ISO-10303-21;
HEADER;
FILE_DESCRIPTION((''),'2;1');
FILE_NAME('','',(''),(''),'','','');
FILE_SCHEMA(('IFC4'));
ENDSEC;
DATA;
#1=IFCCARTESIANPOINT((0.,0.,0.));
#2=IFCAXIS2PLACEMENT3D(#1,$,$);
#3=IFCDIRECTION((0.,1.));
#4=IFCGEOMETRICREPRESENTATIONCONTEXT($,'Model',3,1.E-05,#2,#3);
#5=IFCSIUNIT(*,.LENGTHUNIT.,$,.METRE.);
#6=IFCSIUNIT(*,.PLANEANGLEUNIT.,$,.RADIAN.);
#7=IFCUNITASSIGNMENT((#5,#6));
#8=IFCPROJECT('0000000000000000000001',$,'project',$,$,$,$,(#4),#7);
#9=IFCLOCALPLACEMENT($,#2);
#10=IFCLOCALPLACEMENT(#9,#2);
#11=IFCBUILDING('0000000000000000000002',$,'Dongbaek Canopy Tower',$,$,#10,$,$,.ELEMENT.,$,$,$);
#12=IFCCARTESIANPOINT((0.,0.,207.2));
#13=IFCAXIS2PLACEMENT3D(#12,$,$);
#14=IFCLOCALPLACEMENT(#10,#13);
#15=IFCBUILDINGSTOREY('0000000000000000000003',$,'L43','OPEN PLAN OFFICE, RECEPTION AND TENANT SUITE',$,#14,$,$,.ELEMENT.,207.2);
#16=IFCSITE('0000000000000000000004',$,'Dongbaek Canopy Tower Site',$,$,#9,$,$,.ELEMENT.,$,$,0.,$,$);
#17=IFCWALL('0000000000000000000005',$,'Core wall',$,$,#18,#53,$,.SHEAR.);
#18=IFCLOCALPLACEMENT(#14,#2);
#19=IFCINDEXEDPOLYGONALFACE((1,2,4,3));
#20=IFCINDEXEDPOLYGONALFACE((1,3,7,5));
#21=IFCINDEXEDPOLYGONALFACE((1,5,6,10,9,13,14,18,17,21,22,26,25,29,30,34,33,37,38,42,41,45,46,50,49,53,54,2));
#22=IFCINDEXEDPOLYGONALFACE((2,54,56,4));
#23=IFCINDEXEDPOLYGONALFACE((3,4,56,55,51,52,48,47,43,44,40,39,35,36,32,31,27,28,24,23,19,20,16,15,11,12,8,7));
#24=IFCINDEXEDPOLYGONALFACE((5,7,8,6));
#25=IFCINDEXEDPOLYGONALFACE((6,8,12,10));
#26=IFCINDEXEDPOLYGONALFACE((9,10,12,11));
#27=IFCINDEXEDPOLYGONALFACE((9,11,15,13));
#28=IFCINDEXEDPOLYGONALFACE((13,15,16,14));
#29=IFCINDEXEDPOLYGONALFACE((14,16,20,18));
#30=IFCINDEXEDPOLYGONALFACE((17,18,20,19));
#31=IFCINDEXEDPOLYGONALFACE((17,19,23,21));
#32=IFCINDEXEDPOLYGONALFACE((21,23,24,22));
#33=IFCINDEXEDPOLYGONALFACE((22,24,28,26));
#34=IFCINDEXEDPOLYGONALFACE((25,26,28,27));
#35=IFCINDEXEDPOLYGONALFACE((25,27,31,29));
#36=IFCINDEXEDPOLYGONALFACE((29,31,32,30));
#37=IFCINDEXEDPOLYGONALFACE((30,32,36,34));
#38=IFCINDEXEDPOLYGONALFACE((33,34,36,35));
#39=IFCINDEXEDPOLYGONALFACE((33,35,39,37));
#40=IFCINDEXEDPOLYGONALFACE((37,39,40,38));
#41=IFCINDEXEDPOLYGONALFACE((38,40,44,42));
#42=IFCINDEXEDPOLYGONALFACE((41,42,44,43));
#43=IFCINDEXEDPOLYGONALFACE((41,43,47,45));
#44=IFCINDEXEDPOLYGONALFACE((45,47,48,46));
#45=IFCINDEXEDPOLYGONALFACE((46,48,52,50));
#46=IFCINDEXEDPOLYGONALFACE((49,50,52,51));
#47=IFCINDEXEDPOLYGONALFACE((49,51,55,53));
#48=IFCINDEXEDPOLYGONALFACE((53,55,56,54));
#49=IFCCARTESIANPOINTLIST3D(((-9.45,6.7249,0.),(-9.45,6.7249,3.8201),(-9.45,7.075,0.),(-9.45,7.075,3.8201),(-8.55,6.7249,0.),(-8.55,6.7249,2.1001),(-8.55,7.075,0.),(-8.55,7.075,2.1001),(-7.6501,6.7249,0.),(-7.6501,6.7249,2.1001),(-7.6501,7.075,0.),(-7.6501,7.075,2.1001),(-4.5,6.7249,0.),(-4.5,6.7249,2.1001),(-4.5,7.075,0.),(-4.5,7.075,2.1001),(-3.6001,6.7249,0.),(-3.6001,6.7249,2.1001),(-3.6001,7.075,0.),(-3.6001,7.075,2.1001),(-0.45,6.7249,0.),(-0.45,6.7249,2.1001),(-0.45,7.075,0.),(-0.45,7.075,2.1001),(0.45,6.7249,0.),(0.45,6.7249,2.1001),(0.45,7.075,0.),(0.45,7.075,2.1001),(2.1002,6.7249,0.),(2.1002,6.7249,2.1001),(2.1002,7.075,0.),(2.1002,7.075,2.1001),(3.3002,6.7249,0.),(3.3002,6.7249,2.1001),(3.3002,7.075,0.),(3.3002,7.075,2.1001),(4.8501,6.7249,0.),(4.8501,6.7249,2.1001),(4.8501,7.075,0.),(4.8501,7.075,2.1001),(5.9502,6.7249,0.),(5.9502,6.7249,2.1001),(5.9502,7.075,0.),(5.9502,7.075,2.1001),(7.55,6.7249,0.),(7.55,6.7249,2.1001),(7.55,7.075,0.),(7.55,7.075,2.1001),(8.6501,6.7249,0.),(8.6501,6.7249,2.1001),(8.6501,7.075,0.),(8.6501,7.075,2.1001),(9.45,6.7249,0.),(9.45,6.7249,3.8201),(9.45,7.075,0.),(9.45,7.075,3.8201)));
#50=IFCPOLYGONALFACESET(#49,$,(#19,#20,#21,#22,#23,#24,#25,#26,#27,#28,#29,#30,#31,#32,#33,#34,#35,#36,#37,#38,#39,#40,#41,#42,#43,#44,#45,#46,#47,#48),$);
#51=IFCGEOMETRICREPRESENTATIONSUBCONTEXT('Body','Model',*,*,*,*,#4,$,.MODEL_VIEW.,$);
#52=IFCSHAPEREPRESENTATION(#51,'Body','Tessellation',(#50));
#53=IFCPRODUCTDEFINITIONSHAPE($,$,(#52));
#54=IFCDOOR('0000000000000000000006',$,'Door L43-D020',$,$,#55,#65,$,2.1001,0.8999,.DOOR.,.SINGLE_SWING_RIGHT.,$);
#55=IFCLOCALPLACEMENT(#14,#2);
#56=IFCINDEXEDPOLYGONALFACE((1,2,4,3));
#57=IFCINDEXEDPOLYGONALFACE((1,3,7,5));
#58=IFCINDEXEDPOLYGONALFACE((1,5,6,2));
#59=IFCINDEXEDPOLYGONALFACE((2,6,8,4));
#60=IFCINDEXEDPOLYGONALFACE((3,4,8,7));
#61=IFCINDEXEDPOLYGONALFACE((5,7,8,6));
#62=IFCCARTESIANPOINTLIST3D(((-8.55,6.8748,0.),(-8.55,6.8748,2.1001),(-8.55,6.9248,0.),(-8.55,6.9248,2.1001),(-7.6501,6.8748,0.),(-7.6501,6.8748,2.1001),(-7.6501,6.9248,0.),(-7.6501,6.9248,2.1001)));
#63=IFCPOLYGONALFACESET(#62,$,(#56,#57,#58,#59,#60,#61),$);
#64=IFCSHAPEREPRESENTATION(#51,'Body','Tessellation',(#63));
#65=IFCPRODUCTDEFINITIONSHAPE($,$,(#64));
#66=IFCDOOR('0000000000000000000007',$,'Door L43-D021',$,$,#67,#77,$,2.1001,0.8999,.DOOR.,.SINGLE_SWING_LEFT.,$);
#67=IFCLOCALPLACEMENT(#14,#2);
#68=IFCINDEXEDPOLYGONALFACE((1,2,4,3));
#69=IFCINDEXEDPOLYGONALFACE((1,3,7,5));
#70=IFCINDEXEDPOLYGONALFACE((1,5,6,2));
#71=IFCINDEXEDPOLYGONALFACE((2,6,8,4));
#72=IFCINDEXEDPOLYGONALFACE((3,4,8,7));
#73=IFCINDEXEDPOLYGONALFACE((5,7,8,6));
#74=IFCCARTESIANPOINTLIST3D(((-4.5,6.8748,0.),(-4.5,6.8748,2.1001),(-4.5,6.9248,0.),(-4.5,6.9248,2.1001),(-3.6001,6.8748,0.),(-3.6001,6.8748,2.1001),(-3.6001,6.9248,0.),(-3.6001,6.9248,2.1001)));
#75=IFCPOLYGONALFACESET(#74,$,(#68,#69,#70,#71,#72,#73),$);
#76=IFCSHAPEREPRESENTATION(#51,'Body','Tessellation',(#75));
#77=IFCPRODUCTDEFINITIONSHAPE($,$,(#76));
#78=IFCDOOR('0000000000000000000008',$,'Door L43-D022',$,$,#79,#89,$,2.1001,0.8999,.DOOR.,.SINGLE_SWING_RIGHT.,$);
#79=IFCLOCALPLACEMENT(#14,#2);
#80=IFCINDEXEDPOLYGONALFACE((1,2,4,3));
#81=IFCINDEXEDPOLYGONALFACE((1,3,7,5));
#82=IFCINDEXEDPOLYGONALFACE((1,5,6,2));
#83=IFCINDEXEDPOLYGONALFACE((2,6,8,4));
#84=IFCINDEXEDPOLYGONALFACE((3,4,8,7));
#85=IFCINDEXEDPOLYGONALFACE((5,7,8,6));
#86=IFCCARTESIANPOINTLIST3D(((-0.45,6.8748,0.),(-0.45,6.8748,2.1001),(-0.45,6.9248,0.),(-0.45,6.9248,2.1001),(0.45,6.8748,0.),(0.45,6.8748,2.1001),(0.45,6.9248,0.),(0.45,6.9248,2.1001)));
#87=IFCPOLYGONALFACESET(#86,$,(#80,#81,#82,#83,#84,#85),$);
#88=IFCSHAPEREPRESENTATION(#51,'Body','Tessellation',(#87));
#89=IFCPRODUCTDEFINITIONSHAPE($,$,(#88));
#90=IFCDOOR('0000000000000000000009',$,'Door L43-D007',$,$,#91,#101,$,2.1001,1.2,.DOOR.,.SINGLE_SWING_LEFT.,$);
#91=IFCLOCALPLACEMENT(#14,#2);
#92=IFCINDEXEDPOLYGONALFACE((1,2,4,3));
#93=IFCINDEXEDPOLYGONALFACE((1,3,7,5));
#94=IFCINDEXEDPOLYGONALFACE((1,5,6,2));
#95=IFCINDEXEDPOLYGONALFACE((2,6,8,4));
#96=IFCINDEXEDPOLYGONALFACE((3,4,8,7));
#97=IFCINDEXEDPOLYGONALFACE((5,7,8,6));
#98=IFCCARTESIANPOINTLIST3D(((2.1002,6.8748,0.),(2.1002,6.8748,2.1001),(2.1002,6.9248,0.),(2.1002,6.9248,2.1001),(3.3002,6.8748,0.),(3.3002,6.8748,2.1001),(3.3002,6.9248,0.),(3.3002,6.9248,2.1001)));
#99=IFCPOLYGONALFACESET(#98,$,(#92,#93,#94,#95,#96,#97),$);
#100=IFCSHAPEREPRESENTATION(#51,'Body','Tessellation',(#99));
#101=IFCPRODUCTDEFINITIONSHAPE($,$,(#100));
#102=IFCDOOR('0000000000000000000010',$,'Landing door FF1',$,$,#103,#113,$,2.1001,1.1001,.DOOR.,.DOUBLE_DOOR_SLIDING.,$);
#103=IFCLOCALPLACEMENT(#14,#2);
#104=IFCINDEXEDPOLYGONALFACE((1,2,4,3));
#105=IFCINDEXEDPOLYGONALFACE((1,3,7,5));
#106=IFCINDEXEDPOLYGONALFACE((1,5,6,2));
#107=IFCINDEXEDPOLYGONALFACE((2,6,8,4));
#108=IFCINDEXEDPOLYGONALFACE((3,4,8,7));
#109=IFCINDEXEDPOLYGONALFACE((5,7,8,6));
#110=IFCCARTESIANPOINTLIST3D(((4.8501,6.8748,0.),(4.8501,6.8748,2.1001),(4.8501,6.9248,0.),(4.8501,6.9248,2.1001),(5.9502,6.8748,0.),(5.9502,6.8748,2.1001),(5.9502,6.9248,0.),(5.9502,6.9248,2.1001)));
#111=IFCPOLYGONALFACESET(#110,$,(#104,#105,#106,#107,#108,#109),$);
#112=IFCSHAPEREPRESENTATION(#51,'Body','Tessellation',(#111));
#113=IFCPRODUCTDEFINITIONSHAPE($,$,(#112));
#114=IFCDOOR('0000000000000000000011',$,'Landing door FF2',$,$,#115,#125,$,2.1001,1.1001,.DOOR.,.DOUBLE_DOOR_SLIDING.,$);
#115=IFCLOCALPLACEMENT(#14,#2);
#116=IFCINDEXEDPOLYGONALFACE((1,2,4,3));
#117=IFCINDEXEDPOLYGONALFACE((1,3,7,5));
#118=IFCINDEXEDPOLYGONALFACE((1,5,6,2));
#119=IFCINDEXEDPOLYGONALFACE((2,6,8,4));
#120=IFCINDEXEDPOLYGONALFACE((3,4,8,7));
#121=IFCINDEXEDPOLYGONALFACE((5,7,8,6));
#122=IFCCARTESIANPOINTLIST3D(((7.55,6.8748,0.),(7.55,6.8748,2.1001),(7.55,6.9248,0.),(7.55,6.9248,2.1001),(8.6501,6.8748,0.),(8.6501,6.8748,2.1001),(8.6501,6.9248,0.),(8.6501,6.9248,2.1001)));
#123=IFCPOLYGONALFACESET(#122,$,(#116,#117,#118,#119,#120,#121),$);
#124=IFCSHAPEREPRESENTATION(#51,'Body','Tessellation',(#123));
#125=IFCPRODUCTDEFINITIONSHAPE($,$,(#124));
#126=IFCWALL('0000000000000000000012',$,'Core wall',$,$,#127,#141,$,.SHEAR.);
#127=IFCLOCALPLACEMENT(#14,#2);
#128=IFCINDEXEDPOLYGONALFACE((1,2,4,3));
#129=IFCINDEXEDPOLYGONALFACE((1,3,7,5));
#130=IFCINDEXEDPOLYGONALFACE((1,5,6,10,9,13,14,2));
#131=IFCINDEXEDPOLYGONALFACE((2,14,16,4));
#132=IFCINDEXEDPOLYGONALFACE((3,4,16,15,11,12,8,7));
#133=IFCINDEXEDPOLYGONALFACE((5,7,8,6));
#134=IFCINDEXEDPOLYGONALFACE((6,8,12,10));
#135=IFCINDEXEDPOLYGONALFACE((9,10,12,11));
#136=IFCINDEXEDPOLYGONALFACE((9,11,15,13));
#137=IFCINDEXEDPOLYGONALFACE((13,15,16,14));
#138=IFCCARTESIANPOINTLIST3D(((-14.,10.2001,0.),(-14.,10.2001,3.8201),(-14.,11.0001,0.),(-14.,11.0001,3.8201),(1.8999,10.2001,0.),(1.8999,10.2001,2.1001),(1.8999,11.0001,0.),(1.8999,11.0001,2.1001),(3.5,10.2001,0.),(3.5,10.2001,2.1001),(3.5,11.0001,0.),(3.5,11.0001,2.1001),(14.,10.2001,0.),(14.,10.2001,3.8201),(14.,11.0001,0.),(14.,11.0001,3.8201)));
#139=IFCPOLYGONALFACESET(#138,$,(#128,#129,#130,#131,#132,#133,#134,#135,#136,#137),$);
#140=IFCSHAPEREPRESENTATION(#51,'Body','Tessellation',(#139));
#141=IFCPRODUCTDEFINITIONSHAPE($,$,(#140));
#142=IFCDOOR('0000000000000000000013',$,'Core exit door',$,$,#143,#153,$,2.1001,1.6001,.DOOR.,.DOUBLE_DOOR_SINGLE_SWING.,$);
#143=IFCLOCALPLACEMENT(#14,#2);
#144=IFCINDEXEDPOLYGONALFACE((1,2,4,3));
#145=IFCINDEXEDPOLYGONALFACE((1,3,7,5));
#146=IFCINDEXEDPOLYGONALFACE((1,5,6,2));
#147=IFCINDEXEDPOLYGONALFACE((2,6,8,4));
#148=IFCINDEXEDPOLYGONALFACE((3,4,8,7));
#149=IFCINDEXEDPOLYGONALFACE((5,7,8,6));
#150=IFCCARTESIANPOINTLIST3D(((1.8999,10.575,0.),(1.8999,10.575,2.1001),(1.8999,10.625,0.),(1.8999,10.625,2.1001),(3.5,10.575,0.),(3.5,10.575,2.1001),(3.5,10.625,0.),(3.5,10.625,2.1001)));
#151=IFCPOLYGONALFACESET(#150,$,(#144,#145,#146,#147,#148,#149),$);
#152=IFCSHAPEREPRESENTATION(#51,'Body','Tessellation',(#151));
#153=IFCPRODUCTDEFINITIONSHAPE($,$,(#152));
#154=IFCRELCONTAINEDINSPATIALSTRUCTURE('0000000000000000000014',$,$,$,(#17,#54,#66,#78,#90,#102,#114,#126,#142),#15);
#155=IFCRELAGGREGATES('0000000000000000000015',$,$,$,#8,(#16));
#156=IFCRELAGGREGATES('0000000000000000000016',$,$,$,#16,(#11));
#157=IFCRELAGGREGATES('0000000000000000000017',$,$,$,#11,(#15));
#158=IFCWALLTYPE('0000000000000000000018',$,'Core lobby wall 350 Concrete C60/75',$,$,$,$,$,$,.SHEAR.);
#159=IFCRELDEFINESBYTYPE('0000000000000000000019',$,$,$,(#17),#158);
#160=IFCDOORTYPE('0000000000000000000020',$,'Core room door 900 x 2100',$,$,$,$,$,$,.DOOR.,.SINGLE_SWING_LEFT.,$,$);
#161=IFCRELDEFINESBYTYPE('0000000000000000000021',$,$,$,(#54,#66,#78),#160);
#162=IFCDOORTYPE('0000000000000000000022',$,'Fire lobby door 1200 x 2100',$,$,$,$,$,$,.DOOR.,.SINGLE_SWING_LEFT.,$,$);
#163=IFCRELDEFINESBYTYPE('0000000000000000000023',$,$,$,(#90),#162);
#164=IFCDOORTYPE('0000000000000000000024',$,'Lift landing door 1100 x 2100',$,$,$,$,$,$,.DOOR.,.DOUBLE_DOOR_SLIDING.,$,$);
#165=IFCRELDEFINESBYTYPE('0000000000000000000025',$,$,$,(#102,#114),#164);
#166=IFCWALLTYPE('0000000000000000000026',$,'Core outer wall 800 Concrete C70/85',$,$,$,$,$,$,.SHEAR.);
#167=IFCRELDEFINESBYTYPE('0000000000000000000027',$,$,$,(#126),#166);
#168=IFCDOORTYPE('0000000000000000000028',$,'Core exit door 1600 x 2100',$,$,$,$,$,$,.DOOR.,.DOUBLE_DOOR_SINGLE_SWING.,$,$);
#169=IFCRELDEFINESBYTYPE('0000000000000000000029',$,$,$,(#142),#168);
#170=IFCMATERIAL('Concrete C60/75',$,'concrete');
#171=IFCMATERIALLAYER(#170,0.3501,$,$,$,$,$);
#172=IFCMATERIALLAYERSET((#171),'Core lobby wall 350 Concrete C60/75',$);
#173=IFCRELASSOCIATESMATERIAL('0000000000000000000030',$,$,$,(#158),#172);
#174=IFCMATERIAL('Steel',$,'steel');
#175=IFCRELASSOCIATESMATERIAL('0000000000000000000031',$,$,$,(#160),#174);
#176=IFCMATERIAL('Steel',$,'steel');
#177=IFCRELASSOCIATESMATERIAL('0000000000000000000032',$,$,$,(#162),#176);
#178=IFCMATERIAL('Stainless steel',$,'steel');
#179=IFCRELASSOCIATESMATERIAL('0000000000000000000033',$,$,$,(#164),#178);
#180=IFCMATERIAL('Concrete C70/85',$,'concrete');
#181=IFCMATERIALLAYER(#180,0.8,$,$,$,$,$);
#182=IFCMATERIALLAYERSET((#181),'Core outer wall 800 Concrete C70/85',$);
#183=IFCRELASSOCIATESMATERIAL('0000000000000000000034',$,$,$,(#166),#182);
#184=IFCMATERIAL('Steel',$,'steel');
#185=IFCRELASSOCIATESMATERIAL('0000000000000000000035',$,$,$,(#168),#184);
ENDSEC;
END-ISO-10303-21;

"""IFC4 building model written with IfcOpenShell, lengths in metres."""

from ifc_helpers import new_model, si_unit, direction, frame, frame_2d, origin, place, context, subcontext, project, spatial, rectangle, extrude, material, layer, layer_set, type_object, element, fill, save


model = new_model("IFC4")

# Units and contexts
model_context = context("Model", 3, precision=1e-05, world=origin(), true_north=direction((0.0, 1.0)))
body_context = subcontext(model_context, "Body", "Model", "MODEL_VIEW")
ifc_project = project(units=[si_unit("LENGTHUNIT", "METRE"), si_unit("PLANEANGLEUNIT", "RADIAN")], contexts=[model_context])

# Site, building, storey
site_placement = place(None, origin())
site = spatial("IfcSite", under=ifc_project, at=site_placement, Name="Dongbaek Canopy Tower Site", CompositionType="ELEMENT", RefElevation=0.0)
building_placement = place(site_placement, origin())
building = spatial("IfcBuilding", under=site, at=building_placement, Name="Dongbaek Canopy Tower", CompositionType="ELEMENT")
storey_placement = place(building_placement, frame((0.0, 0.0, 207.2)))
storey = spatial("IfcBuildingStorey", under=building, at=storey_placement, Name="L43", Description="OPEN PLAN OFFICE, RECEPTION AND TENANT SUITE", CompositionType="ELEMENT", Elevation=207.2)

# Wall, openings, doors
ifc_material_1 = material(Name="Concrete C60/75", Category="concrete")
ifc_layer_1 = layer(ifc_material_1, 0.3501)
ifc_layer_set_1 = layer_set([ifc_layer_1], Name="Core lobby wall 350 Concrete C60/75")
wall_type_1 = type_object("IfcWallType", Name="Core lobby wall 350 Concrete C60/75", PredefinedType="SHEAR", material=ifc_layer_set_1)
wall_1_placement = place(storey_placement, frame((-9.45, 6.8999, 0.0), z_axis=(0.0, 0.0, 1.0), x_axis=(1.0, 0.0, 0.0)))
wall_1 = element("IfcWall", 1, at=wall_1_placement, inside=storey, type_object=wall_type_1, Name="Core wall", PredefinedType="SHEAR", context=body_context, shape_type="SweptSolid", body=[
    extrude(rectangle(XDim=18.8999, YDim=0.3501, at=frame_2d((9.45, 0.0))), origin(), (0.0, 0.0, 1.0), 3.8201),
])
opening_1_placement = place(wall_1_placement, frame((11.55, 0.0, 0.0)))
opening_1 = element("IfcOpeningElement", 2, at=opening_1_placement, cuts=wall_1, PredefinedType="OPENING", context=body_context, shape_type="SweptSolid", body=[
    extrude(rectangle(XDim=1.2, YDim=2.1001, at=frame_2d((0.6001, 1.05))), frame((0.0, 0.1851, 0.0), z_axis=(0.0, -1.0, 0.0), x_axis=(1.0, 0.0, 0.0)), (0.0, 0.0, 1.0), 0.3701),
])
opening_2_placement = place(wall_1_placement, frame((14.3, 0.0, 0.0)))
opening_2 = element("IfcOpeningElement", 3, at=opening_2_placement, cuts=wall_1, PredefinedType="OPENING", context=body_context, shape_type="SweptSolid", body=[
    extrude(rectangle(XDim=1.1001, YDim=2.1001, at=frame_2d((0.55, 1.05))), frame((0.0, 0.1851, 0.0), z_axis=(0.0, -1.0, 0.0), x_axis=(1.0, 0.0, 0.0)), (0.0, 0.0, 1.0), 0.3701),
])
opening_3_placement = place(wall_1_placement, frame((17.0, 0.0, 0.0)))
opening_3 = element("IfcOpeningElement", 4, at=opening_3_placement, cuts=wall_1, PredefinedType="OPENING", context=body_context, shape_type="SweptSolid", body=[
    extrude(rectangle(XDim=1.1001, YDim=2.1001, at=frame_2d((0.55, 1.05))), frame((0.0, 0.1851, 0.0), z_axis=(0.0, -1.0, 0.0), x_axis=(1.0, 0.0, 0.0)), (0.0, 0.0, 1.0), 0.3701),
])
opening_4_placement = place(wall_1_placement, frame((0.8999, 0.0, 0.0)))
opening_4 = element("IfcOpeningElement", 5, at=opening_4_placement, cuts=wall_1, PredefinedType="OPENING", context=body_context, shape_type="SweptSolid", body=[
    extrude(rectangle(XDim=0.8999, YDim=2.1001, at=frame_2d((0.45, 1.05))), frame((0.0, 0.1851, 0.0), z_axis=(0.0, -1.0, 0.0), x_axis=(1.0, 0.0, 0.0)), (0.0, 0.0, 1.0), 0.3701),
])
opening_5_placement = place(wall_1_placement, frame((4.95, 0.0, 0.0)))
opening_5 = element("IfcOpeningElement", 6, at=opening_5_placement, cuts=wall_1, PredefinedType="OPENING", context=body_context, shape_type="SweptSolid", body=[
    extrude(rectangle(XDim=0.8999, YDim=2.1001, at=frame_2d((0.45, 1.05))), frame((0.0, 0.1851, 0.0), z_axis=(0.0, -1.0, 0.0), x_axis=(1.0, 0.0, 0.0)), (0.0, 0.0, 1.0), 0.3701),
])
opening_6_placement = place(wall_1_placement, frame((9.0, 0.0, 0.0)))
opening_6 = element("IfcOpeningElement", 7, at=opening_6_placement, cuts=wall_1, PredefinedType="OPENING", context=body_context, shape_type="SweptSolid", body=[
    extrude(rectangle(XDim=0.8999, YDim=2.1001, at=frame_2d((0.45, 1.05))), frame((0.0, 0.1851, 0.0), z_axis=(0.0, -1.0, 0.0), x_axis=(1.0, 0.0, 0.0)), (0.0, 0.0, 1.0), 0.3701),
])
ifc_material_2 = material(Name="Steel", Category="steel")
door_type_1 = type_object("IfcDoorType", Name="Core room door 900 x 2100", OperationType="SINGLE_SWING_LEFT", PredefinedType="DOOR", material=ifc_material_2)
door_1_placement = place(opening_4_placement, origin())
door_1 = element("IfcDoor", 8, at=door_1_placement, inside=storey, type_object=door_type_1, Name="Door L43-D020", OperationType="SINGLE_SWING_RIGHT", OverallHeight=2.1001, OverallWidth=0.8999, PredefinedType="DOOR", context=body_context, shape_type="SweptSolid", body=[
    extrude(rectangle(XDim=0.8999, YDim=2.1001, at=frame_2d((0.45, 1.05))), frame((0.0, 0.0249, 0.0), z_axis=(0.0, -1.0, 0.0), x_axis=(1.0, 0.0, 0.0)), (0.0, 0.0, 1.0), 0.05),
])
fill(opening_4, door_1)
door_2_placement = place(opening_5_placement, origin())
door_2 = element("IfcDoor", 9, at=door_2_placement, inside=storey, type_object=door_type_1, Name="Door L43-D021", OperationType="SINGLE_SWING_LEFT", OverallHeight=2.1001, OverallWidth=0.8999, PredefinedType="DOOR", context=body_context, shape_type="SweptSolid", body=[
    extrude(rectangle(XDim=0.8999, YDim=2.1001, at=frame_2d((0.45, 1.05))), frame((0.0, 0.0249, 0.0), z_axis=(0.0, -1.0, 0.0), x_axis=(1.0, 0.0, 0.0)), (0.0, 0.0, 1.0), 0.05),
])
fill(opening_5, door_2)
door_3_placement = place(opening_6_placement, origin())
door_3 = element("IfcDoor", 10, at=door_3_placement, inside=storey, type_object=door_type_1, Name="Door L43-D022", OperationType="SINGLE_SWING_RIGHT", OverallHeight=2.1001, OverallWidth=0.8999, PredefinedType="DOOR", context=body_context, shape_type="SweptSolid", body=[
    extrude(rectangle(XDim=0.8999, YDim=2.1001, at=frame_2d((0.45, 1.05))), frame((0.0, 0.0249, 0.0), z_axis=(0.0, -1.0, 0.0), x_axis=(1.0, 0.0, 0.0)), (0.0, 0.0, 1.0), 0.05),
])
fill(opening_6, door_3)
ifc_material_3 = material(Name="Steel", Category="steel")
door_type_2 = type_object("IfcDoorType", Name="Fire lobby door 1200 x 2100", OperationType="SINGLE_SWING_LEFT", PredefinedType="DOOR", material=ifc_material_3)
door_4_placement = place(opening_1_placement, origin())
door_4 = element("IfcDoor", 11, at=door_4_placement, inside=storey, type_object=door_type_2, Name="Door L43-D007", OperationType="SINGLE_SWING_LEFT", OverallHeight=2.1001, OverallWidth=1.2, PredefinedType="DOOR", context=body_context, shape_type="SweptSolid", body=[
    extrude(rectangle(XDim=1.2, YDim=2.1001, at=frame_2d((0.6001, 1.05))), frame((0.0, 0.0249, 0.0), z_axis=(0.0, -1.0, 0.0), x_axis=(1.0, 0.0, 0.0)), (0.0, 0.0, 1.0), 0.05),
])
fill(opening_1, door_4)
ifc_material_4 = material(Name="Stainless steel", Category="steel")
door_type_3 = type_object("IfcDoorType", Name="Lift landing door 1100 x 2100", OperationType="DOUBLE_DOOR_SLIDING", PredefinedType="DOOR", material=ifc_material_4)
door_5_placement = place(opening_2_placement, origin())
door_5 = element("IfcDoor", 12, at=door_5_placement, inside=storey, type_object=door_type_3, Name="Landing door FF1", OperationType="DOUBLE_DOOR_SLIDING", OverallHeight=2.1001, OverallWidth=1.1001, PredefinedType="DOOR", context=body_context, shape_type="SweptSolid", body=[
    extrude(rectangle(XDim=1.1001, YDim=2.1001, at=frame_2d((0.55, 1.05))), frame((0.0, 0.0249, 0.0), z_axis=(0.0, -1.0, 0.0), x_axis=(1.0, 0.0, 0.0)), (0.0, 0.0, 1.0), 0.05),
])
fill(opening_2, door_5)
door_6_placement = place(opening_3_placement, origin())
door_6 = element("IfcDoor", 13, at=door_6_placement, inside=storey, type_object=door_type_3, Name="Landing door FF2", OperationType="DOUBLE_DOOR_SLIDING", OverallHeight=2.1001, OverallWidth=1.1001, PredefinedType="DOOR", context=body_context, shape_type="SweptSolid", body=[
    extrude(rectangle(XDim=1.1001, YDim=2.1001, at=frame_2d((0.55, 1.05))), frame((0.0, 0.0249, 0.0), z_axis=(0.0, -1.0, 0.0), x_axis=(1.0, 0.0, 0.0)), (0.0, 0.0, 1.0), 0.05),
])
fill(opening_3, door_6)

# Wall, opening, door
ifc_material_5 = material(Name="Concrete C70/85", Category="concrete")
ifc_layer_2 = layer(ifc_material_5, 0.8)
ifc_layer_set_2 = layer_set([ifc_layer_2], Name="Core outer wall 800 Concrete C70/85")
wall_type_2 = type_object("IfcWallType", Name="Core outer wall 800 Concrete C70/85", PredefinedType="SHEAR", material=ifc_layer_set_2)
wall_2_placement = place(storey_placement, frame((-14.0, 10.6001, 0.0), z_axis=(0.0, 0.0, 1.0), x_axis=(1.0, 0.0, 0.0)))
wall_2 = element("IfcWall", 14, at=wall_2_placement, inside=storey, type_object=wall_type_2, Name="Core wall", PredefinedType="SHEAR", context=body_context, shape_type="SweptSolid", body=[
    extrude(rectangle(XDim=28.0, YDim=0.8, at=frame_2d((14.0, 0.0))), origin(), (0.0, 0.0, 1.0), 3.8201),
])
opening_7_placement = place(wall_2_placement, frame((15.8999, 0.0, 0.0)))
opening_7 = element("IfcOpeningElement", 15, at=opening_7_placement, cuts=wall_2, PredefinedType="OPENING", context=body_context, shape_type="SweptSolid", body=[
    extrude(rectangle(XDim=1.6001, YDim=2.1001, at=frame_2d((0.8, 1.05))), frame((0.0, 0.4099, 0.0), z_axis=(0.0, -1.0, 0.0), x_axis=(1.0, 0.0, 0.0)), (0.0, 0.0, 1.0), 0.8201),
])
ifc_material_6 = material(Name="Steel", Category="steel")
door_type_4 = type_object("IfcDoorType", Name="Core exit door 1600 x 2100", OperationType="DOUBLE_DOOR_SINGLE_SWING", PredefinedType="DOOR", material=ifc_material_6)
door_7_placement = place(opening_7_placement, origin())
door_7 = element("IfcDoor", 16, at=door_7_placement, inside=storey, type_object=door_type_4, Name="Core exit door", OperationType="DOUBLE_DOOR_SINGLE_SWING", OverallHeight=2.1001, OverallWidth=1.6001, PredefinedType="DOOR", context=body_context, shape_type="SweptSolid", body=[
    extrude(rectangle(XDim=1.6001, YDim=2.1001, at=frame_2d((0.8, 1.05))), frame((0.0, 0.0249, 0.0), z_axis=(0.0, -1.0, 0.0), x_axis=(1.0, 0.0, 0.0)), (0.0, 0.0, 1.0), 0.05),
])
fill(opening_7, door_7)

save(model, "model.ifc")
